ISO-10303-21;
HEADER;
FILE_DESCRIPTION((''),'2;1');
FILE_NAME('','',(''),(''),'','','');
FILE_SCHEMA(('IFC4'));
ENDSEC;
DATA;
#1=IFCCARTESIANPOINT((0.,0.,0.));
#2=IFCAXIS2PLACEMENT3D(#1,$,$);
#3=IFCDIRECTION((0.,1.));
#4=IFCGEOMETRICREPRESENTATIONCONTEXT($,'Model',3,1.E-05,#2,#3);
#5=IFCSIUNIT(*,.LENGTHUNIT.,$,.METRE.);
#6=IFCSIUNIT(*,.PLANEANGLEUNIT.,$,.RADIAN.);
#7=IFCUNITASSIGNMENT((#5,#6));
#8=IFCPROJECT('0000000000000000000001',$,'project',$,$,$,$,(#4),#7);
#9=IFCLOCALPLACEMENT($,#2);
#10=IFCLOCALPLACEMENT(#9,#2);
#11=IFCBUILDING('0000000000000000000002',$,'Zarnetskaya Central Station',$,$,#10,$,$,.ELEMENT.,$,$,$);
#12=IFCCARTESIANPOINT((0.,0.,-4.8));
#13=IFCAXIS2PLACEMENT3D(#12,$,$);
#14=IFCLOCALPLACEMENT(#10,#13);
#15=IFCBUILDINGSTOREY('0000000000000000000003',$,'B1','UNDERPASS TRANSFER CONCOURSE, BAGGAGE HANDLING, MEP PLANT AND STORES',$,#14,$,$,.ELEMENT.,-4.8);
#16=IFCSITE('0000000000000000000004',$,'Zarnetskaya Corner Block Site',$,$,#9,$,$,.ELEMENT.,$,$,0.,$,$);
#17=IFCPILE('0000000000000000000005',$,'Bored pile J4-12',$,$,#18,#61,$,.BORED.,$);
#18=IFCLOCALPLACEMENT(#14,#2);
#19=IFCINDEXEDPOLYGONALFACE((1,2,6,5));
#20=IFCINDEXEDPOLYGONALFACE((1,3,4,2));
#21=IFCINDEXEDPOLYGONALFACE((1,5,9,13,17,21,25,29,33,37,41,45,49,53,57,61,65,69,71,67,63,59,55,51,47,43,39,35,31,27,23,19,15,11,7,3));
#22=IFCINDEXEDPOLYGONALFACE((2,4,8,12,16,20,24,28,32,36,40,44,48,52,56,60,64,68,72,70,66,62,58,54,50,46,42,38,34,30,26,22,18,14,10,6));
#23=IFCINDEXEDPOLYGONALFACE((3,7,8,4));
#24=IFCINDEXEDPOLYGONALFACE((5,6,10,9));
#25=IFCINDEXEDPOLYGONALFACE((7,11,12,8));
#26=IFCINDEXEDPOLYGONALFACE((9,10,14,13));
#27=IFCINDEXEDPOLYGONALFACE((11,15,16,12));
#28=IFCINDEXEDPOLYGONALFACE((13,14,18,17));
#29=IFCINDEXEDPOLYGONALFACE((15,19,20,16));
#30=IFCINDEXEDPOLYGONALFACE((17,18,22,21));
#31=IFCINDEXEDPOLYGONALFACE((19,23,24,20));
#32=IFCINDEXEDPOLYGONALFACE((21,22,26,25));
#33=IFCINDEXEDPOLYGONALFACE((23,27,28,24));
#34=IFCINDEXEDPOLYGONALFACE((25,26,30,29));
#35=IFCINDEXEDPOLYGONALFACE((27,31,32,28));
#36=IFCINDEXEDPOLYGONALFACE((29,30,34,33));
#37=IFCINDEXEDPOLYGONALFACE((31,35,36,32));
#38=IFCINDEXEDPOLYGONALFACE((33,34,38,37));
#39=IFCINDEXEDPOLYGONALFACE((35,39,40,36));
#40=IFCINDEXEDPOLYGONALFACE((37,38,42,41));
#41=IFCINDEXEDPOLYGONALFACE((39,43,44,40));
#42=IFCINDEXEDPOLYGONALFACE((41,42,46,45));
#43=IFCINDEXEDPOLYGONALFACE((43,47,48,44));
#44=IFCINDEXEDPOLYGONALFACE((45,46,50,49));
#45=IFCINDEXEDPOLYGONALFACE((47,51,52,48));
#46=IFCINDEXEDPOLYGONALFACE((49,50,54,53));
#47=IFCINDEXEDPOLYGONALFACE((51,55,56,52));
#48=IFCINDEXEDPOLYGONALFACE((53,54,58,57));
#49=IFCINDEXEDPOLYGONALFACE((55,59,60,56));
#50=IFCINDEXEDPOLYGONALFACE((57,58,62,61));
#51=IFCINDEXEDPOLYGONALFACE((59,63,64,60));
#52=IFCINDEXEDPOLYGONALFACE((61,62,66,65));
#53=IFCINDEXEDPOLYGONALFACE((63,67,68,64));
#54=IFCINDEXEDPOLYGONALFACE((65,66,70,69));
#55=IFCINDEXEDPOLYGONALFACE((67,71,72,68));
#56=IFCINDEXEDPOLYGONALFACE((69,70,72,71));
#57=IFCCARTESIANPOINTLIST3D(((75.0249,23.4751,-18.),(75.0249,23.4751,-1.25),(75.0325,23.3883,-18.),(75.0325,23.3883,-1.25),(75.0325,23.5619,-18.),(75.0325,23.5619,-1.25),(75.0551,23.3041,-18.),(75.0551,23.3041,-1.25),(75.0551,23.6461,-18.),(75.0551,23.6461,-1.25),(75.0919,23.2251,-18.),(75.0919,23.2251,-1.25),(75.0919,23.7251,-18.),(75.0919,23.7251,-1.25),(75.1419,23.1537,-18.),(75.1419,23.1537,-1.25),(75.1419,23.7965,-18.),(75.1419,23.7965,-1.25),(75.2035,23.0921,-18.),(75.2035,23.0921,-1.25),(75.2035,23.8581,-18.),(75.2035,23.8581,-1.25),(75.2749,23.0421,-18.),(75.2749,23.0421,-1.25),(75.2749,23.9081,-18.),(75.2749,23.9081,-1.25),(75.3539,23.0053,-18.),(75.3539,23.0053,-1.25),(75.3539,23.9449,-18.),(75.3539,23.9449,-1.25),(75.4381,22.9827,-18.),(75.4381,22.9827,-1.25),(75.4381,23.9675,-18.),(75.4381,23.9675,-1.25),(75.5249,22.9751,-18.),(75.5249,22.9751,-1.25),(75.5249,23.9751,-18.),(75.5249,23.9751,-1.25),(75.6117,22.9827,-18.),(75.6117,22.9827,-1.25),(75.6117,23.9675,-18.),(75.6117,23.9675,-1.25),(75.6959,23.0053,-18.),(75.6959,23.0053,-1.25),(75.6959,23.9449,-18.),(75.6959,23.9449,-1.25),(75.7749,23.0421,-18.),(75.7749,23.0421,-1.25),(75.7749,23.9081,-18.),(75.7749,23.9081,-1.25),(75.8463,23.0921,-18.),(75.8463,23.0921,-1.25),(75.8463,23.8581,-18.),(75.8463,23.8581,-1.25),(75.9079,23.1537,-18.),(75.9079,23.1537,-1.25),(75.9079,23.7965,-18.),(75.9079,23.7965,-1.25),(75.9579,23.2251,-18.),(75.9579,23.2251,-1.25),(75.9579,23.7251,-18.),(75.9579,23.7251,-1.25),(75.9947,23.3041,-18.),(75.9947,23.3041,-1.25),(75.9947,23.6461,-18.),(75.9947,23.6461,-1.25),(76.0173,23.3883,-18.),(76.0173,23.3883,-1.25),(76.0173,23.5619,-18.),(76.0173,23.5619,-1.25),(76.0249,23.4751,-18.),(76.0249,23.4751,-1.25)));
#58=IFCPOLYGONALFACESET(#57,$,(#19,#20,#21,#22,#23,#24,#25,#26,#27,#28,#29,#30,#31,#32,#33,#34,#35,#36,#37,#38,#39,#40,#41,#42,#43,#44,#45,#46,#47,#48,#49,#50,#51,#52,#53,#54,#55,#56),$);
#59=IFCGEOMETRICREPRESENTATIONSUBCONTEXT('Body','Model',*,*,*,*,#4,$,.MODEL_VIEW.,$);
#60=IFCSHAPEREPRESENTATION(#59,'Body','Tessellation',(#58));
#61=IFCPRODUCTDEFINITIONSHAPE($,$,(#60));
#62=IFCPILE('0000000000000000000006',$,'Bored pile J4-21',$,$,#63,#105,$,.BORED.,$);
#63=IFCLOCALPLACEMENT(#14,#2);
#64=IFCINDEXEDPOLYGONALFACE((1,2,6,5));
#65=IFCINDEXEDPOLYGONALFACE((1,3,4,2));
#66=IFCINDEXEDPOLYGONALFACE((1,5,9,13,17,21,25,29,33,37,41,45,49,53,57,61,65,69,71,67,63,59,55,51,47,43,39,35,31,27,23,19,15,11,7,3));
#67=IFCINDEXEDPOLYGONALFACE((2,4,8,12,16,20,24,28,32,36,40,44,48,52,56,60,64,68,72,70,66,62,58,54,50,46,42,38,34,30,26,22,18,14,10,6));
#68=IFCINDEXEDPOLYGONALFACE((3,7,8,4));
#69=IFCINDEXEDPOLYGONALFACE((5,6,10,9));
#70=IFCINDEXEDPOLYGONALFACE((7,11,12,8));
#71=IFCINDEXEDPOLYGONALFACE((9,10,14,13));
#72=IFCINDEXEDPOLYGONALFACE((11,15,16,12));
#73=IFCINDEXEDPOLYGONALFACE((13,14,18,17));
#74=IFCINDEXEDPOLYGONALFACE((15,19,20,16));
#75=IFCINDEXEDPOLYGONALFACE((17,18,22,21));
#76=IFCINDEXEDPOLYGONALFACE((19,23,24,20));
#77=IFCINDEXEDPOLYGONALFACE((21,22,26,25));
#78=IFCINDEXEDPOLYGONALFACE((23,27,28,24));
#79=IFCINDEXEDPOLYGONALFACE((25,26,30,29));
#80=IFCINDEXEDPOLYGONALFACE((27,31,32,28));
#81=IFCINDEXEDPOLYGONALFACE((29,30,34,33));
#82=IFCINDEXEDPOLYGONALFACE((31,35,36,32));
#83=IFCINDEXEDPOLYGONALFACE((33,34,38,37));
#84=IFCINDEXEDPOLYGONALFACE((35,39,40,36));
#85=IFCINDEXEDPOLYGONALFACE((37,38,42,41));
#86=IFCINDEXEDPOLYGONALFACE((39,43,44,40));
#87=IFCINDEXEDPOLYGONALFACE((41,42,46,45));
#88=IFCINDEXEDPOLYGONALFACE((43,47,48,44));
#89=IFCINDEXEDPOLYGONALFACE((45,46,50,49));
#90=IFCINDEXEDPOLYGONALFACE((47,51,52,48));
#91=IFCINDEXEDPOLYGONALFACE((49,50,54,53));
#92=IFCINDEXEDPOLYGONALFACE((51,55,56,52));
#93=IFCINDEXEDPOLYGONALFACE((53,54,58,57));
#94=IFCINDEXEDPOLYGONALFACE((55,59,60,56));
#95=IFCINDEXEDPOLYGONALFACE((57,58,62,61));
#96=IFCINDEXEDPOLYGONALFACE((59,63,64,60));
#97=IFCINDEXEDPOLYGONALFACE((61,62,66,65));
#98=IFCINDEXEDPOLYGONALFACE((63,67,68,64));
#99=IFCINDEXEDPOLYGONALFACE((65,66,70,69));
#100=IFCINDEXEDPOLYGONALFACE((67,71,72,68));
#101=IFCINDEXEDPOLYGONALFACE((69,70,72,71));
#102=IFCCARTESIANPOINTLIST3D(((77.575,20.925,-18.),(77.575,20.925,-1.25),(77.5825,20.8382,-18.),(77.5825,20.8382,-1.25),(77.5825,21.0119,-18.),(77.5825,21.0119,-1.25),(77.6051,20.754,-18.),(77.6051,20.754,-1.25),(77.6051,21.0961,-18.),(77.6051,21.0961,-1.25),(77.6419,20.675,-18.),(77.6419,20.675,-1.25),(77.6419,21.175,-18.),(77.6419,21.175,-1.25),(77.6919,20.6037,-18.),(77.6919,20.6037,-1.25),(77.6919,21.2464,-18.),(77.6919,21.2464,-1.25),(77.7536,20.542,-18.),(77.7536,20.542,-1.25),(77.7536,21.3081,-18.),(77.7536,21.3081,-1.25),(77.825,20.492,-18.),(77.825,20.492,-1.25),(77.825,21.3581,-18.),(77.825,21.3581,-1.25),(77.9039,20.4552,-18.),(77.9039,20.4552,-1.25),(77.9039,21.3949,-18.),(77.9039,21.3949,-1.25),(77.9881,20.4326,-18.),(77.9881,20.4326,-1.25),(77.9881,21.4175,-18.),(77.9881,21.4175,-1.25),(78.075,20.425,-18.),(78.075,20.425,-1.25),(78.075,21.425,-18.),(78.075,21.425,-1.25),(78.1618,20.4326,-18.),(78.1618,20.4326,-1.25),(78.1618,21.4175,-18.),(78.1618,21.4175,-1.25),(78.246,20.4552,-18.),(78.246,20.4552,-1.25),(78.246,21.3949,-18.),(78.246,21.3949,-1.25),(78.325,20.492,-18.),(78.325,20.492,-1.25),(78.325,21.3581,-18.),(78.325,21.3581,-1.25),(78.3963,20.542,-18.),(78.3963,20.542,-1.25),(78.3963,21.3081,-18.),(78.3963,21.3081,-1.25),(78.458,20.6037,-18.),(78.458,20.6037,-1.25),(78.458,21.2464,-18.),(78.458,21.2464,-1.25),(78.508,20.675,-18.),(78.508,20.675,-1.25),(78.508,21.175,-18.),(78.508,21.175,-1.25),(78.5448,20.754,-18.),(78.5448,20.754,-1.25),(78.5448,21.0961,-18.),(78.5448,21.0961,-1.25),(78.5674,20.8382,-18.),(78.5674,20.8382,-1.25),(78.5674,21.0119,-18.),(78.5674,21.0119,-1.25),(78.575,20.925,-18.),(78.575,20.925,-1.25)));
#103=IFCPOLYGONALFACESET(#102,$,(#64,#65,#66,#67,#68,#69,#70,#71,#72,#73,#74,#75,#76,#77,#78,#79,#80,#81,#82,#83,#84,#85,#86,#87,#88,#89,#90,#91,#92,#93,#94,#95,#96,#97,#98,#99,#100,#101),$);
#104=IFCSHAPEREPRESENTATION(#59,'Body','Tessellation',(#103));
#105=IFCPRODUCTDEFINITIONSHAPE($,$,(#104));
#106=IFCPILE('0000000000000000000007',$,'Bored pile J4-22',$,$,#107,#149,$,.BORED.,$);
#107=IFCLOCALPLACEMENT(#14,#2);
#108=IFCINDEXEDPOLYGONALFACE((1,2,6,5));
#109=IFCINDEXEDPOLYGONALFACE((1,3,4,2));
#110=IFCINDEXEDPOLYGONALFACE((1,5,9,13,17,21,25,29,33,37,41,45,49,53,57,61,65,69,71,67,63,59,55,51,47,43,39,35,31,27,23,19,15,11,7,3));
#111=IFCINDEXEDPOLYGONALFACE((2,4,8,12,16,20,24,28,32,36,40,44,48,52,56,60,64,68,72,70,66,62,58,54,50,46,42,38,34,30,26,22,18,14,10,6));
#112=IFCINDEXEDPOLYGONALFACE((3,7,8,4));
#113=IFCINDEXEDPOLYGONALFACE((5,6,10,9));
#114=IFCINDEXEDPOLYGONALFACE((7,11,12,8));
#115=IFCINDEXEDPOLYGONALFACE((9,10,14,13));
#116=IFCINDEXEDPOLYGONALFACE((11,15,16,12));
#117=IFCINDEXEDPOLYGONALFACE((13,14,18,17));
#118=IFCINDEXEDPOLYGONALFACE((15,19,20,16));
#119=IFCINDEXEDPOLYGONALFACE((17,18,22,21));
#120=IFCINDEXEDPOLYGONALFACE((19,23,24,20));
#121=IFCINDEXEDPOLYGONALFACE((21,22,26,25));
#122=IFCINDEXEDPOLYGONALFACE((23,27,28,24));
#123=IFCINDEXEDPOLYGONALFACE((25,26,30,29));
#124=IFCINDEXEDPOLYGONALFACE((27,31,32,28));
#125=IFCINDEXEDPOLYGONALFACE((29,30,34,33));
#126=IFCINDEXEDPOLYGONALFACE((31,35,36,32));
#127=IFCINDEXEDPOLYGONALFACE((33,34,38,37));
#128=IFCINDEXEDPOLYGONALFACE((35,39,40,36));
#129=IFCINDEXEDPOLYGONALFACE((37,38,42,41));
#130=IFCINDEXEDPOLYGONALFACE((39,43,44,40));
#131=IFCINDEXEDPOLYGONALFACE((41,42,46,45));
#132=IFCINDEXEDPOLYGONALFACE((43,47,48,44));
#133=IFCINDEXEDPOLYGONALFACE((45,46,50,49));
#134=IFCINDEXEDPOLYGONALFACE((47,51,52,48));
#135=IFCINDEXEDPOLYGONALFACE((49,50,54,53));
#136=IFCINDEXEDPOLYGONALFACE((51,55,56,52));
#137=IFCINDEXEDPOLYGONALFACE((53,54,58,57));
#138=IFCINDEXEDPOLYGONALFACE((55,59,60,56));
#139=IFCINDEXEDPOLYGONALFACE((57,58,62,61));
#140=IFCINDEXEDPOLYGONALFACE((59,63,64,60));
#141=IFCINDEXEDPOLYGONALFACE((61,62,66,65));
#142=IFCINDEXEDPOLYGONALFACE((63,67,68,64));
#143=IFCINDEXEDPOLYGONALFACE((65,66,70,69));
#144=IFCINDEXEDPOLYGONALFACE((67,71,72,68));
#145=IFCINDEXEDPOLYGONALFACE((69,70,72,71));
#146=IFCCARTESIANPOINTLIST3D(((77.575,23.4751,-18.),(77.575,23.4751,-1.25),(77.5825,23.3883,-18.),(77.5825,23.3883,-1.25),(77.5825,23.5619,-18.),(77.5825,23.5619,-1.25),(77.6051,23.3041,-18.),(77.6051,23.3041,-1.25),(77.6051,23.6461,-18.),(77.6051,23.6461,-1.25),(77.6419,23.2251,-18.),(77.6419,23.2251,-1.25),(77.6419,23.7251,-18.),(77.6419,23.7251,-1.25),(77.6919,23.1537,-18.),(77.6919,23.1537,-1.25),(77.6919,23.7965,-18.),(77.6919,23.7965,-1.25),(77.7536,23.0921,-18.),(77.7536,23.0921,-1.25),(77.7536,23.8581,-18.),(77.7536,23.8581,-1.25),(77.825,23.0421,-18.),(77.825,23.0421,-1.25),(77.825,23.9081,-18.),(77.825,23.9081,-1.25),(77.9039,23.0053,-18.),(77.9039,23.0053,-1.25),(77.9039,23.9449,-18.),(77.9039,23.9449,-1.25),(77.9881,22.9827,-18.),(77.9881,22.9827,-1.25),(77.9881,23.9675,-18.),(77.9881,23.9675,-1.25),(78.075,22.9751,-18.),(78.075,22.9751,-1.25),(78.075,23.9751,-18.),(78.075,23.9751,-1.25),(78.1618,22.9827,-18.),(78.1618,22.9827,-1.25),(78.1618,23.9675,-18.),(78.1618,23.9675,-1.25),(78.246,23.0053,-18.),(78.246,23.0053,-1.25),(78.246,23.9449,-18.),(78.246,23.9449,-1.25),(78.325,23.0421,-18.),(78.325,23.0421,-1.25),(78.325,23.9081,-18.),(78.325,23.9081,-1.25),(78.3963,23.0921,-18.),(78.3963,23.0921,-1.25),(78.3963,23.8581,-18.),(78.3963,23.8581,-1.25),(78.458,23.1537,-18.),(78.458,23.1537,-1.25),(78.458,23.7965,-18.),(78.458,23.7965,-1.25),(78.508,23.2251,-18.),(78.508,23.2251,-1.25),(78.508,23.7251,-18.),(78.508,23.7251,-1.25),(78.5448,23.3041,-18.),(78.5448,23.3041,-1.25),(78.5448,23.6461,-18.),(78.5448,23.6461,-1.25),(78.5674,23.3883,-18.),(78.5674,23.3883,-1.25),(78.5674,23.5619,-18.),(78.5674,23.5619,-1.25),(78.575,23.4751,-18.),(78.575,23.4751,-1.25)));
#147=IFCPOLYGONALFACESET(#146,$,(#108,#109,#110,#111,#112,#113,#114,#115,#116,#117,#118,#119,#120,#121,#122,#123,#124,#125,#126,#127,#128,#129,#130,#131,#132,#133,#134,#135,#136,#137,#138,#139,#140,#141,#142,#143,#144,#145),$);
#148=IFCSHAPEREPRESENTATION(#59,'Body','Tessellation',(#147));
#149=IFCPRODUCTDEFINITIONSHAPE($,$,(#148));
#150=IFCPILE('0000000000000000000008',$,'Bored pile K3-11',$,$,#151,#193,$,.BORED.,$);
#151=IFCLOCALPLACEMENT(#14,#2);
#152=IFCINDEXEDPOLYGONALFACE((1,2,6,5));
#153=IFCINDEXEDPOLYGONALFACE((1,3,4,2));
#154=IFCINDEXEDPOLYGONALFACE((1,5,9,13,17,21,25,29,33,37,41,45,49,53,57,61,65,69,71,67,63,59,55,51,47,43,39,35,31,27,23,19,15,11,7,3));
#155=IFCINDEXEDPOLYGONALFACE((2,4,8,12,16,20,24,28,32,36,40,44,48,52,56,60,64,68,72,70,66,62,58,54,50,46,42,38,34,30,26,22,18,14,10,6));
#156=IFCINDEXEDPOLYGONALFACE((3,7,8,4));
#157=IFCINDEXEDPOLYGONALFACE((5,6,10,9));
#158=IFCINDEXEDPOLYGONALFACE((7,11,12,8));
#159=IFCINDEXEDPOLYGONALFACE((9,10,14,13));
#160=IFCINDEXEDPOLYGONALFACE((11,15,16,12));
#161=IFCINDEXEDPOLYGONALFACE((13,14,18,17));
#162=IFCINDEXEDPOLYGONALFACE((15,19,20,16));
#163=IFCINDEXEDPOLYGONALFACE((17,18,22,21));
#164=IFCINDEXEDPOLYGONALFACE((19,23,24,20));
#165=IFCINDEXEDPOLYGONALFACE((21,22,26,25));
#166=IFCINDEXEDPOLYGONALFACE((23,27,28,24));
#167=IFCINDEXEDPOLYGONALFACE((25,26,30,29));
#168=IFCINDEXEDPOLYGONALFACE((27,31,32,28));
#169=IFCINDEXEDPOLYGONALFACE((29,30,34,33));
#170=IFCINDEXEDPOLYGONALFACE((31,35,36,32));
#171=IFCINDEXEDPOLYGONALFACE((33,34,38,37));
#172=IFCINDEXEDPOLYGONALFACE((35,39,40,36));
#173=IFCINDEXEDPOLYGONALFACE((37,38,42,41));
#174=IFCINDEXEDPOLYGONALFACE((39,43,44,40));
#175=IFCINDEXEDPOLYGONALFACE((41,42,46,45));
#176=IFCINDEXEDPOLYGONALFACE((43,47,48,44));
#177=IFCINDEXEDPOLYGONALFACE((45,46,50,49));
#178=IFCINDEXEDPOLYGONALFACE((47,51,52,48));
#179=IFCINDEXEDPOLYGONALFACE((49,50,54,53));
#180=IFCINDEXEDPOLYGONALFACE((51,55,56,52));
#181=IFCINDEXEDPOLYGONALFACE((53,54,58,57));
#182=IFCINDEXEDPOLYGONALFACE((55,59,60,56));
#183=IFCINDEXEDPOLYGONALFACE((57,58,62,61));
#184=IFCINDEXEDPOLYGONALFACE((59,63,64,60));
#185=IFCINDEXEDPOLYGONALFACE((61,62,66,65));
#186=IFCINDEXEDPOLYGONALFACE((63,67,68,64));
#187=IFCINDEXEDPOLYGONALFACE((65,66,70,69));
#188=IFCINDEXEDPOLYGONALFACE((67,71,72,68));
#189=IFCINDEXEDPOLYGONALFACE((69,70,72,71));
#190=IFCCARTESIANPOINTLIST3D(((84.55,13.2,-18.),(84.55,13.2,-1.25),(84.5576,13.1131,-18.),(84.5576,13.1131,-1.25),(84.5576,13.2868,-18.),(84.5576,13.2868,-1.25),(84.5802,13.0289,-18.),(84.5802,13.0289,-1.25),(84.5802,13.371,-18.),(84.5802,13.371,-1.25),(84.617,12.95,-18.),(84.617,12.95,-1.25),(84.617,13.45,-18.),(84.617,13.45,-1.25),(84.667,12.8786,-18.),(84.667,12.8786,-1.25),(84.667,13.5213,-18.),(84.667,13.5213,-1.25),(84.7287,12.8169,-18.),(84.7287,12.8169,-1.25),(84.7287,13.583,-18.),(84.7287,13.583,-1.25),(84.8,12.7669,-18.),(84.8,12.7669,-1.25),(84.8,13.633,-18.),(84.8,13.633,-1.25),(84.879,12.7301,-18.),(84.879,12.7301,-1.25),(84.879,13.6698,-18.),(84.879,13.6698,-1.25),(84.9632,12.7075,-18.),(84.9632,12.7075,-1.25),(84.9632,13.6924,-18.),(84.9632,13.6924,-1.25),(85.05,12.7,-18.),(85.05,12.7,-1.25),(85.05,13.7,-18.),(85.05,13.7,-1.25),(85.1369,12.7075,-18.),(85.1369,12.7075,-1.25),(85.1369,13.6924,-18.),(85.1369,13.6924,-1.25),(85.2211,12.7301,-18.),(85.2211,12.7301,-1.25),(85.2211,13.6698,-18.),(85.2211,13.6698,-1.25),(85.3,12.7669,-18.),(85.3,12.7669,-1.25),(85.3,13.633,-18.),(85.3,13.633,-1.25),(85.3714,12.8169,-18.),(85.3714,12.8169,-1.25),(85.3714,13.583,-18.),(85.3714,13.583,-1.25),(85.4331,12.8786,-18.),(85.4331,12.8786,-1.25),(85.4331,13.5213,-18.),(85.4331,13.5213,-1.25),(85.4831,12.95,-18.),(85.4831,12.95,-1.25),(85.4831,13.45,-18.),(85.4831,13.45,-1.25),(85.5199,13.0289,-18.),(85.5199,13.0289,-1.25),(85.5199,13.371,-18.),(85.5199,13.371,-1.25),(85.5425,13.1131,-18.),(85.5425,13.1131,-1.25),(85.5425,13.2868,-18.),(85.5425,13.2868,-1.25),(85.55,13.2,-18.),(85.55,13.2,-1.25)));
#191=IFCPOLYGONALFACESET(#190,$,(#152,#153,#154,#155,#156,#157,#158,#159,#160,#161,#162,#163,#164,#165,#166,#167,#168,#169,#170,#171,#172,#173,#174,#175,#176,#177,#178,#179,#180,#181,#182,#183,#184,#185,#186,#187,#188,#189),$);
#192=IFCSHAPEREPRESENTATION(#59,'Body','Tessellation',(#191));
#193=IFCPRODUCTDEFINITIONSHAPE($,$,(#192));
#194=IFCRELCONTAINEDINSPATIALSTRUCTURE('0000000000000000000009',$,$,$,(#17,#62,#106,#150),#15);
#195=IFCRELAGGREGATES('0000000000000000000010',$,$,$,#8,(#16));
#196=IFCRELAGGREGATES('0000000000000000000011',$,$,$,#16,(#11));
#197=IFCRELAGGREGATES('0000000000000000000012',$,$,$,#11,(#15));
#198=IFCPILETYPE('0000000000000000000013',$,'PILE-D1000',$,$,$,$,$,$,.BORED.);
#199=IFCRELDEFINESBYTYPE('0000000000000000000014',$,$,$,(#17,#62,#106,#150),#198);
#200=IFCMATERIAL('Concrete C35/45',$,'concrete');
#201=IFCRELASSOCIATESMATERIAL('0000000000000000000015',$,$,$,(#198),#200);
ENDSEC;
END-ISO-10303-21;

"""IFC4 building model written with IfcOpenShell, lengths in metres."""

from ifc_helpers import new_model, si_unit, direction, frame, origin, origin_2d, place, context, subcontext, project, spatial, circle, extrude, material, material_profile, profile_set, type_object, element, save


model = new_model("IFC4")

# Units and contexts
model_context = context("Model", 3, precision=1e-05, world=origin(), true_north=direction((0.0, 1.0)))
body_context = subcontext(model_context, "Body", "Model", "MODEL_VIEW")
ifc_project = project(units=[si_unit("LENGTHUNIT", "METRE"), si_unit("PLANEANGLEUNIT", "RADIAN")], contexts=[model_context])

# Site, building, storey
site_placement = place(None, origin())
site = spatial("IfcSite", under=ifc_project, at=site_placement, Name="Zarnetskaya Corner Block Site", CompositionType="ELEMENT", RefElevation=0.0)
building_placement = place(site_placement, origin())
building = spatial("IfcBuilding", under=site, at=building_placement, Name="Zarnetskaya Central Station", CompositionType="ELEMENT")
storey_placement = place(building_placement, frame((0.0, 0.0, -4.8)))
storey = spatial("IfcBuildingStorey", under=building, at=storey_placement, Name="B1", Description="UNDERPASS TRANSFER CONCOURSE, BAGGAGE HANDLING, MEP PLANT AND STORES", CompositionType="ELEMENT", Elevation=-4.8)

# Shared definitions
ifc_material = material(Name="Concrete C35/45", Category="concrete")

# Piles
ifc_material_profile_1 = material_profile(ifc_material, circle(Radius=0.5, at=origin_2d()), Name="BORED PILE D1000")
ifc_profile_set_1 = profile_set([ifc_material_profile_1], Name="Concrete C35/45")
pile_type_1 = type_object("IfcPileType", Name="PILE-D1000", PredefinedType="BORED", material=ifc_profile_set_1)
for number, where, z_axis, x_axis, name in (
    (1, (75.5249, 23.4751, -1.25), (0.0, 0.0, -1.0), (1.0, 0.0, 0.0), "Bored pile J4-12"),
    (2, (78.075, 20.925, -1.25), (0.0, 0.0, -1.0), (1.0, 0.0, 0.0), "Bored pile J4-21"),
    (3, (78.075, 23.4751, -1.25), (0.0, 0.0, -1.0), (1.0, 0.0, 0.0), "Bored pile J4-22"),
    (4, (85.05, 13.2, -1.25), (0.0, 0.0, -1.0), (1.0, 0.0, 0.0), "Bored pile K3-11"),
):
    element("IfcPile", number, at=place(storey_placement, frame(where, z_axis=z_axis, x_axis=x_axis)), inside=storey, type_object=pile_type_1, Name=name, PredefinedType="BORED", context=body_context, shape_type="SweptSolid", body=[
        extrude(circle(Radius=0.5, at=origin_2d()), origin(), (0.0, 0.0, 1.0), 16.75),
    ])

save(model, "model.ifc")
